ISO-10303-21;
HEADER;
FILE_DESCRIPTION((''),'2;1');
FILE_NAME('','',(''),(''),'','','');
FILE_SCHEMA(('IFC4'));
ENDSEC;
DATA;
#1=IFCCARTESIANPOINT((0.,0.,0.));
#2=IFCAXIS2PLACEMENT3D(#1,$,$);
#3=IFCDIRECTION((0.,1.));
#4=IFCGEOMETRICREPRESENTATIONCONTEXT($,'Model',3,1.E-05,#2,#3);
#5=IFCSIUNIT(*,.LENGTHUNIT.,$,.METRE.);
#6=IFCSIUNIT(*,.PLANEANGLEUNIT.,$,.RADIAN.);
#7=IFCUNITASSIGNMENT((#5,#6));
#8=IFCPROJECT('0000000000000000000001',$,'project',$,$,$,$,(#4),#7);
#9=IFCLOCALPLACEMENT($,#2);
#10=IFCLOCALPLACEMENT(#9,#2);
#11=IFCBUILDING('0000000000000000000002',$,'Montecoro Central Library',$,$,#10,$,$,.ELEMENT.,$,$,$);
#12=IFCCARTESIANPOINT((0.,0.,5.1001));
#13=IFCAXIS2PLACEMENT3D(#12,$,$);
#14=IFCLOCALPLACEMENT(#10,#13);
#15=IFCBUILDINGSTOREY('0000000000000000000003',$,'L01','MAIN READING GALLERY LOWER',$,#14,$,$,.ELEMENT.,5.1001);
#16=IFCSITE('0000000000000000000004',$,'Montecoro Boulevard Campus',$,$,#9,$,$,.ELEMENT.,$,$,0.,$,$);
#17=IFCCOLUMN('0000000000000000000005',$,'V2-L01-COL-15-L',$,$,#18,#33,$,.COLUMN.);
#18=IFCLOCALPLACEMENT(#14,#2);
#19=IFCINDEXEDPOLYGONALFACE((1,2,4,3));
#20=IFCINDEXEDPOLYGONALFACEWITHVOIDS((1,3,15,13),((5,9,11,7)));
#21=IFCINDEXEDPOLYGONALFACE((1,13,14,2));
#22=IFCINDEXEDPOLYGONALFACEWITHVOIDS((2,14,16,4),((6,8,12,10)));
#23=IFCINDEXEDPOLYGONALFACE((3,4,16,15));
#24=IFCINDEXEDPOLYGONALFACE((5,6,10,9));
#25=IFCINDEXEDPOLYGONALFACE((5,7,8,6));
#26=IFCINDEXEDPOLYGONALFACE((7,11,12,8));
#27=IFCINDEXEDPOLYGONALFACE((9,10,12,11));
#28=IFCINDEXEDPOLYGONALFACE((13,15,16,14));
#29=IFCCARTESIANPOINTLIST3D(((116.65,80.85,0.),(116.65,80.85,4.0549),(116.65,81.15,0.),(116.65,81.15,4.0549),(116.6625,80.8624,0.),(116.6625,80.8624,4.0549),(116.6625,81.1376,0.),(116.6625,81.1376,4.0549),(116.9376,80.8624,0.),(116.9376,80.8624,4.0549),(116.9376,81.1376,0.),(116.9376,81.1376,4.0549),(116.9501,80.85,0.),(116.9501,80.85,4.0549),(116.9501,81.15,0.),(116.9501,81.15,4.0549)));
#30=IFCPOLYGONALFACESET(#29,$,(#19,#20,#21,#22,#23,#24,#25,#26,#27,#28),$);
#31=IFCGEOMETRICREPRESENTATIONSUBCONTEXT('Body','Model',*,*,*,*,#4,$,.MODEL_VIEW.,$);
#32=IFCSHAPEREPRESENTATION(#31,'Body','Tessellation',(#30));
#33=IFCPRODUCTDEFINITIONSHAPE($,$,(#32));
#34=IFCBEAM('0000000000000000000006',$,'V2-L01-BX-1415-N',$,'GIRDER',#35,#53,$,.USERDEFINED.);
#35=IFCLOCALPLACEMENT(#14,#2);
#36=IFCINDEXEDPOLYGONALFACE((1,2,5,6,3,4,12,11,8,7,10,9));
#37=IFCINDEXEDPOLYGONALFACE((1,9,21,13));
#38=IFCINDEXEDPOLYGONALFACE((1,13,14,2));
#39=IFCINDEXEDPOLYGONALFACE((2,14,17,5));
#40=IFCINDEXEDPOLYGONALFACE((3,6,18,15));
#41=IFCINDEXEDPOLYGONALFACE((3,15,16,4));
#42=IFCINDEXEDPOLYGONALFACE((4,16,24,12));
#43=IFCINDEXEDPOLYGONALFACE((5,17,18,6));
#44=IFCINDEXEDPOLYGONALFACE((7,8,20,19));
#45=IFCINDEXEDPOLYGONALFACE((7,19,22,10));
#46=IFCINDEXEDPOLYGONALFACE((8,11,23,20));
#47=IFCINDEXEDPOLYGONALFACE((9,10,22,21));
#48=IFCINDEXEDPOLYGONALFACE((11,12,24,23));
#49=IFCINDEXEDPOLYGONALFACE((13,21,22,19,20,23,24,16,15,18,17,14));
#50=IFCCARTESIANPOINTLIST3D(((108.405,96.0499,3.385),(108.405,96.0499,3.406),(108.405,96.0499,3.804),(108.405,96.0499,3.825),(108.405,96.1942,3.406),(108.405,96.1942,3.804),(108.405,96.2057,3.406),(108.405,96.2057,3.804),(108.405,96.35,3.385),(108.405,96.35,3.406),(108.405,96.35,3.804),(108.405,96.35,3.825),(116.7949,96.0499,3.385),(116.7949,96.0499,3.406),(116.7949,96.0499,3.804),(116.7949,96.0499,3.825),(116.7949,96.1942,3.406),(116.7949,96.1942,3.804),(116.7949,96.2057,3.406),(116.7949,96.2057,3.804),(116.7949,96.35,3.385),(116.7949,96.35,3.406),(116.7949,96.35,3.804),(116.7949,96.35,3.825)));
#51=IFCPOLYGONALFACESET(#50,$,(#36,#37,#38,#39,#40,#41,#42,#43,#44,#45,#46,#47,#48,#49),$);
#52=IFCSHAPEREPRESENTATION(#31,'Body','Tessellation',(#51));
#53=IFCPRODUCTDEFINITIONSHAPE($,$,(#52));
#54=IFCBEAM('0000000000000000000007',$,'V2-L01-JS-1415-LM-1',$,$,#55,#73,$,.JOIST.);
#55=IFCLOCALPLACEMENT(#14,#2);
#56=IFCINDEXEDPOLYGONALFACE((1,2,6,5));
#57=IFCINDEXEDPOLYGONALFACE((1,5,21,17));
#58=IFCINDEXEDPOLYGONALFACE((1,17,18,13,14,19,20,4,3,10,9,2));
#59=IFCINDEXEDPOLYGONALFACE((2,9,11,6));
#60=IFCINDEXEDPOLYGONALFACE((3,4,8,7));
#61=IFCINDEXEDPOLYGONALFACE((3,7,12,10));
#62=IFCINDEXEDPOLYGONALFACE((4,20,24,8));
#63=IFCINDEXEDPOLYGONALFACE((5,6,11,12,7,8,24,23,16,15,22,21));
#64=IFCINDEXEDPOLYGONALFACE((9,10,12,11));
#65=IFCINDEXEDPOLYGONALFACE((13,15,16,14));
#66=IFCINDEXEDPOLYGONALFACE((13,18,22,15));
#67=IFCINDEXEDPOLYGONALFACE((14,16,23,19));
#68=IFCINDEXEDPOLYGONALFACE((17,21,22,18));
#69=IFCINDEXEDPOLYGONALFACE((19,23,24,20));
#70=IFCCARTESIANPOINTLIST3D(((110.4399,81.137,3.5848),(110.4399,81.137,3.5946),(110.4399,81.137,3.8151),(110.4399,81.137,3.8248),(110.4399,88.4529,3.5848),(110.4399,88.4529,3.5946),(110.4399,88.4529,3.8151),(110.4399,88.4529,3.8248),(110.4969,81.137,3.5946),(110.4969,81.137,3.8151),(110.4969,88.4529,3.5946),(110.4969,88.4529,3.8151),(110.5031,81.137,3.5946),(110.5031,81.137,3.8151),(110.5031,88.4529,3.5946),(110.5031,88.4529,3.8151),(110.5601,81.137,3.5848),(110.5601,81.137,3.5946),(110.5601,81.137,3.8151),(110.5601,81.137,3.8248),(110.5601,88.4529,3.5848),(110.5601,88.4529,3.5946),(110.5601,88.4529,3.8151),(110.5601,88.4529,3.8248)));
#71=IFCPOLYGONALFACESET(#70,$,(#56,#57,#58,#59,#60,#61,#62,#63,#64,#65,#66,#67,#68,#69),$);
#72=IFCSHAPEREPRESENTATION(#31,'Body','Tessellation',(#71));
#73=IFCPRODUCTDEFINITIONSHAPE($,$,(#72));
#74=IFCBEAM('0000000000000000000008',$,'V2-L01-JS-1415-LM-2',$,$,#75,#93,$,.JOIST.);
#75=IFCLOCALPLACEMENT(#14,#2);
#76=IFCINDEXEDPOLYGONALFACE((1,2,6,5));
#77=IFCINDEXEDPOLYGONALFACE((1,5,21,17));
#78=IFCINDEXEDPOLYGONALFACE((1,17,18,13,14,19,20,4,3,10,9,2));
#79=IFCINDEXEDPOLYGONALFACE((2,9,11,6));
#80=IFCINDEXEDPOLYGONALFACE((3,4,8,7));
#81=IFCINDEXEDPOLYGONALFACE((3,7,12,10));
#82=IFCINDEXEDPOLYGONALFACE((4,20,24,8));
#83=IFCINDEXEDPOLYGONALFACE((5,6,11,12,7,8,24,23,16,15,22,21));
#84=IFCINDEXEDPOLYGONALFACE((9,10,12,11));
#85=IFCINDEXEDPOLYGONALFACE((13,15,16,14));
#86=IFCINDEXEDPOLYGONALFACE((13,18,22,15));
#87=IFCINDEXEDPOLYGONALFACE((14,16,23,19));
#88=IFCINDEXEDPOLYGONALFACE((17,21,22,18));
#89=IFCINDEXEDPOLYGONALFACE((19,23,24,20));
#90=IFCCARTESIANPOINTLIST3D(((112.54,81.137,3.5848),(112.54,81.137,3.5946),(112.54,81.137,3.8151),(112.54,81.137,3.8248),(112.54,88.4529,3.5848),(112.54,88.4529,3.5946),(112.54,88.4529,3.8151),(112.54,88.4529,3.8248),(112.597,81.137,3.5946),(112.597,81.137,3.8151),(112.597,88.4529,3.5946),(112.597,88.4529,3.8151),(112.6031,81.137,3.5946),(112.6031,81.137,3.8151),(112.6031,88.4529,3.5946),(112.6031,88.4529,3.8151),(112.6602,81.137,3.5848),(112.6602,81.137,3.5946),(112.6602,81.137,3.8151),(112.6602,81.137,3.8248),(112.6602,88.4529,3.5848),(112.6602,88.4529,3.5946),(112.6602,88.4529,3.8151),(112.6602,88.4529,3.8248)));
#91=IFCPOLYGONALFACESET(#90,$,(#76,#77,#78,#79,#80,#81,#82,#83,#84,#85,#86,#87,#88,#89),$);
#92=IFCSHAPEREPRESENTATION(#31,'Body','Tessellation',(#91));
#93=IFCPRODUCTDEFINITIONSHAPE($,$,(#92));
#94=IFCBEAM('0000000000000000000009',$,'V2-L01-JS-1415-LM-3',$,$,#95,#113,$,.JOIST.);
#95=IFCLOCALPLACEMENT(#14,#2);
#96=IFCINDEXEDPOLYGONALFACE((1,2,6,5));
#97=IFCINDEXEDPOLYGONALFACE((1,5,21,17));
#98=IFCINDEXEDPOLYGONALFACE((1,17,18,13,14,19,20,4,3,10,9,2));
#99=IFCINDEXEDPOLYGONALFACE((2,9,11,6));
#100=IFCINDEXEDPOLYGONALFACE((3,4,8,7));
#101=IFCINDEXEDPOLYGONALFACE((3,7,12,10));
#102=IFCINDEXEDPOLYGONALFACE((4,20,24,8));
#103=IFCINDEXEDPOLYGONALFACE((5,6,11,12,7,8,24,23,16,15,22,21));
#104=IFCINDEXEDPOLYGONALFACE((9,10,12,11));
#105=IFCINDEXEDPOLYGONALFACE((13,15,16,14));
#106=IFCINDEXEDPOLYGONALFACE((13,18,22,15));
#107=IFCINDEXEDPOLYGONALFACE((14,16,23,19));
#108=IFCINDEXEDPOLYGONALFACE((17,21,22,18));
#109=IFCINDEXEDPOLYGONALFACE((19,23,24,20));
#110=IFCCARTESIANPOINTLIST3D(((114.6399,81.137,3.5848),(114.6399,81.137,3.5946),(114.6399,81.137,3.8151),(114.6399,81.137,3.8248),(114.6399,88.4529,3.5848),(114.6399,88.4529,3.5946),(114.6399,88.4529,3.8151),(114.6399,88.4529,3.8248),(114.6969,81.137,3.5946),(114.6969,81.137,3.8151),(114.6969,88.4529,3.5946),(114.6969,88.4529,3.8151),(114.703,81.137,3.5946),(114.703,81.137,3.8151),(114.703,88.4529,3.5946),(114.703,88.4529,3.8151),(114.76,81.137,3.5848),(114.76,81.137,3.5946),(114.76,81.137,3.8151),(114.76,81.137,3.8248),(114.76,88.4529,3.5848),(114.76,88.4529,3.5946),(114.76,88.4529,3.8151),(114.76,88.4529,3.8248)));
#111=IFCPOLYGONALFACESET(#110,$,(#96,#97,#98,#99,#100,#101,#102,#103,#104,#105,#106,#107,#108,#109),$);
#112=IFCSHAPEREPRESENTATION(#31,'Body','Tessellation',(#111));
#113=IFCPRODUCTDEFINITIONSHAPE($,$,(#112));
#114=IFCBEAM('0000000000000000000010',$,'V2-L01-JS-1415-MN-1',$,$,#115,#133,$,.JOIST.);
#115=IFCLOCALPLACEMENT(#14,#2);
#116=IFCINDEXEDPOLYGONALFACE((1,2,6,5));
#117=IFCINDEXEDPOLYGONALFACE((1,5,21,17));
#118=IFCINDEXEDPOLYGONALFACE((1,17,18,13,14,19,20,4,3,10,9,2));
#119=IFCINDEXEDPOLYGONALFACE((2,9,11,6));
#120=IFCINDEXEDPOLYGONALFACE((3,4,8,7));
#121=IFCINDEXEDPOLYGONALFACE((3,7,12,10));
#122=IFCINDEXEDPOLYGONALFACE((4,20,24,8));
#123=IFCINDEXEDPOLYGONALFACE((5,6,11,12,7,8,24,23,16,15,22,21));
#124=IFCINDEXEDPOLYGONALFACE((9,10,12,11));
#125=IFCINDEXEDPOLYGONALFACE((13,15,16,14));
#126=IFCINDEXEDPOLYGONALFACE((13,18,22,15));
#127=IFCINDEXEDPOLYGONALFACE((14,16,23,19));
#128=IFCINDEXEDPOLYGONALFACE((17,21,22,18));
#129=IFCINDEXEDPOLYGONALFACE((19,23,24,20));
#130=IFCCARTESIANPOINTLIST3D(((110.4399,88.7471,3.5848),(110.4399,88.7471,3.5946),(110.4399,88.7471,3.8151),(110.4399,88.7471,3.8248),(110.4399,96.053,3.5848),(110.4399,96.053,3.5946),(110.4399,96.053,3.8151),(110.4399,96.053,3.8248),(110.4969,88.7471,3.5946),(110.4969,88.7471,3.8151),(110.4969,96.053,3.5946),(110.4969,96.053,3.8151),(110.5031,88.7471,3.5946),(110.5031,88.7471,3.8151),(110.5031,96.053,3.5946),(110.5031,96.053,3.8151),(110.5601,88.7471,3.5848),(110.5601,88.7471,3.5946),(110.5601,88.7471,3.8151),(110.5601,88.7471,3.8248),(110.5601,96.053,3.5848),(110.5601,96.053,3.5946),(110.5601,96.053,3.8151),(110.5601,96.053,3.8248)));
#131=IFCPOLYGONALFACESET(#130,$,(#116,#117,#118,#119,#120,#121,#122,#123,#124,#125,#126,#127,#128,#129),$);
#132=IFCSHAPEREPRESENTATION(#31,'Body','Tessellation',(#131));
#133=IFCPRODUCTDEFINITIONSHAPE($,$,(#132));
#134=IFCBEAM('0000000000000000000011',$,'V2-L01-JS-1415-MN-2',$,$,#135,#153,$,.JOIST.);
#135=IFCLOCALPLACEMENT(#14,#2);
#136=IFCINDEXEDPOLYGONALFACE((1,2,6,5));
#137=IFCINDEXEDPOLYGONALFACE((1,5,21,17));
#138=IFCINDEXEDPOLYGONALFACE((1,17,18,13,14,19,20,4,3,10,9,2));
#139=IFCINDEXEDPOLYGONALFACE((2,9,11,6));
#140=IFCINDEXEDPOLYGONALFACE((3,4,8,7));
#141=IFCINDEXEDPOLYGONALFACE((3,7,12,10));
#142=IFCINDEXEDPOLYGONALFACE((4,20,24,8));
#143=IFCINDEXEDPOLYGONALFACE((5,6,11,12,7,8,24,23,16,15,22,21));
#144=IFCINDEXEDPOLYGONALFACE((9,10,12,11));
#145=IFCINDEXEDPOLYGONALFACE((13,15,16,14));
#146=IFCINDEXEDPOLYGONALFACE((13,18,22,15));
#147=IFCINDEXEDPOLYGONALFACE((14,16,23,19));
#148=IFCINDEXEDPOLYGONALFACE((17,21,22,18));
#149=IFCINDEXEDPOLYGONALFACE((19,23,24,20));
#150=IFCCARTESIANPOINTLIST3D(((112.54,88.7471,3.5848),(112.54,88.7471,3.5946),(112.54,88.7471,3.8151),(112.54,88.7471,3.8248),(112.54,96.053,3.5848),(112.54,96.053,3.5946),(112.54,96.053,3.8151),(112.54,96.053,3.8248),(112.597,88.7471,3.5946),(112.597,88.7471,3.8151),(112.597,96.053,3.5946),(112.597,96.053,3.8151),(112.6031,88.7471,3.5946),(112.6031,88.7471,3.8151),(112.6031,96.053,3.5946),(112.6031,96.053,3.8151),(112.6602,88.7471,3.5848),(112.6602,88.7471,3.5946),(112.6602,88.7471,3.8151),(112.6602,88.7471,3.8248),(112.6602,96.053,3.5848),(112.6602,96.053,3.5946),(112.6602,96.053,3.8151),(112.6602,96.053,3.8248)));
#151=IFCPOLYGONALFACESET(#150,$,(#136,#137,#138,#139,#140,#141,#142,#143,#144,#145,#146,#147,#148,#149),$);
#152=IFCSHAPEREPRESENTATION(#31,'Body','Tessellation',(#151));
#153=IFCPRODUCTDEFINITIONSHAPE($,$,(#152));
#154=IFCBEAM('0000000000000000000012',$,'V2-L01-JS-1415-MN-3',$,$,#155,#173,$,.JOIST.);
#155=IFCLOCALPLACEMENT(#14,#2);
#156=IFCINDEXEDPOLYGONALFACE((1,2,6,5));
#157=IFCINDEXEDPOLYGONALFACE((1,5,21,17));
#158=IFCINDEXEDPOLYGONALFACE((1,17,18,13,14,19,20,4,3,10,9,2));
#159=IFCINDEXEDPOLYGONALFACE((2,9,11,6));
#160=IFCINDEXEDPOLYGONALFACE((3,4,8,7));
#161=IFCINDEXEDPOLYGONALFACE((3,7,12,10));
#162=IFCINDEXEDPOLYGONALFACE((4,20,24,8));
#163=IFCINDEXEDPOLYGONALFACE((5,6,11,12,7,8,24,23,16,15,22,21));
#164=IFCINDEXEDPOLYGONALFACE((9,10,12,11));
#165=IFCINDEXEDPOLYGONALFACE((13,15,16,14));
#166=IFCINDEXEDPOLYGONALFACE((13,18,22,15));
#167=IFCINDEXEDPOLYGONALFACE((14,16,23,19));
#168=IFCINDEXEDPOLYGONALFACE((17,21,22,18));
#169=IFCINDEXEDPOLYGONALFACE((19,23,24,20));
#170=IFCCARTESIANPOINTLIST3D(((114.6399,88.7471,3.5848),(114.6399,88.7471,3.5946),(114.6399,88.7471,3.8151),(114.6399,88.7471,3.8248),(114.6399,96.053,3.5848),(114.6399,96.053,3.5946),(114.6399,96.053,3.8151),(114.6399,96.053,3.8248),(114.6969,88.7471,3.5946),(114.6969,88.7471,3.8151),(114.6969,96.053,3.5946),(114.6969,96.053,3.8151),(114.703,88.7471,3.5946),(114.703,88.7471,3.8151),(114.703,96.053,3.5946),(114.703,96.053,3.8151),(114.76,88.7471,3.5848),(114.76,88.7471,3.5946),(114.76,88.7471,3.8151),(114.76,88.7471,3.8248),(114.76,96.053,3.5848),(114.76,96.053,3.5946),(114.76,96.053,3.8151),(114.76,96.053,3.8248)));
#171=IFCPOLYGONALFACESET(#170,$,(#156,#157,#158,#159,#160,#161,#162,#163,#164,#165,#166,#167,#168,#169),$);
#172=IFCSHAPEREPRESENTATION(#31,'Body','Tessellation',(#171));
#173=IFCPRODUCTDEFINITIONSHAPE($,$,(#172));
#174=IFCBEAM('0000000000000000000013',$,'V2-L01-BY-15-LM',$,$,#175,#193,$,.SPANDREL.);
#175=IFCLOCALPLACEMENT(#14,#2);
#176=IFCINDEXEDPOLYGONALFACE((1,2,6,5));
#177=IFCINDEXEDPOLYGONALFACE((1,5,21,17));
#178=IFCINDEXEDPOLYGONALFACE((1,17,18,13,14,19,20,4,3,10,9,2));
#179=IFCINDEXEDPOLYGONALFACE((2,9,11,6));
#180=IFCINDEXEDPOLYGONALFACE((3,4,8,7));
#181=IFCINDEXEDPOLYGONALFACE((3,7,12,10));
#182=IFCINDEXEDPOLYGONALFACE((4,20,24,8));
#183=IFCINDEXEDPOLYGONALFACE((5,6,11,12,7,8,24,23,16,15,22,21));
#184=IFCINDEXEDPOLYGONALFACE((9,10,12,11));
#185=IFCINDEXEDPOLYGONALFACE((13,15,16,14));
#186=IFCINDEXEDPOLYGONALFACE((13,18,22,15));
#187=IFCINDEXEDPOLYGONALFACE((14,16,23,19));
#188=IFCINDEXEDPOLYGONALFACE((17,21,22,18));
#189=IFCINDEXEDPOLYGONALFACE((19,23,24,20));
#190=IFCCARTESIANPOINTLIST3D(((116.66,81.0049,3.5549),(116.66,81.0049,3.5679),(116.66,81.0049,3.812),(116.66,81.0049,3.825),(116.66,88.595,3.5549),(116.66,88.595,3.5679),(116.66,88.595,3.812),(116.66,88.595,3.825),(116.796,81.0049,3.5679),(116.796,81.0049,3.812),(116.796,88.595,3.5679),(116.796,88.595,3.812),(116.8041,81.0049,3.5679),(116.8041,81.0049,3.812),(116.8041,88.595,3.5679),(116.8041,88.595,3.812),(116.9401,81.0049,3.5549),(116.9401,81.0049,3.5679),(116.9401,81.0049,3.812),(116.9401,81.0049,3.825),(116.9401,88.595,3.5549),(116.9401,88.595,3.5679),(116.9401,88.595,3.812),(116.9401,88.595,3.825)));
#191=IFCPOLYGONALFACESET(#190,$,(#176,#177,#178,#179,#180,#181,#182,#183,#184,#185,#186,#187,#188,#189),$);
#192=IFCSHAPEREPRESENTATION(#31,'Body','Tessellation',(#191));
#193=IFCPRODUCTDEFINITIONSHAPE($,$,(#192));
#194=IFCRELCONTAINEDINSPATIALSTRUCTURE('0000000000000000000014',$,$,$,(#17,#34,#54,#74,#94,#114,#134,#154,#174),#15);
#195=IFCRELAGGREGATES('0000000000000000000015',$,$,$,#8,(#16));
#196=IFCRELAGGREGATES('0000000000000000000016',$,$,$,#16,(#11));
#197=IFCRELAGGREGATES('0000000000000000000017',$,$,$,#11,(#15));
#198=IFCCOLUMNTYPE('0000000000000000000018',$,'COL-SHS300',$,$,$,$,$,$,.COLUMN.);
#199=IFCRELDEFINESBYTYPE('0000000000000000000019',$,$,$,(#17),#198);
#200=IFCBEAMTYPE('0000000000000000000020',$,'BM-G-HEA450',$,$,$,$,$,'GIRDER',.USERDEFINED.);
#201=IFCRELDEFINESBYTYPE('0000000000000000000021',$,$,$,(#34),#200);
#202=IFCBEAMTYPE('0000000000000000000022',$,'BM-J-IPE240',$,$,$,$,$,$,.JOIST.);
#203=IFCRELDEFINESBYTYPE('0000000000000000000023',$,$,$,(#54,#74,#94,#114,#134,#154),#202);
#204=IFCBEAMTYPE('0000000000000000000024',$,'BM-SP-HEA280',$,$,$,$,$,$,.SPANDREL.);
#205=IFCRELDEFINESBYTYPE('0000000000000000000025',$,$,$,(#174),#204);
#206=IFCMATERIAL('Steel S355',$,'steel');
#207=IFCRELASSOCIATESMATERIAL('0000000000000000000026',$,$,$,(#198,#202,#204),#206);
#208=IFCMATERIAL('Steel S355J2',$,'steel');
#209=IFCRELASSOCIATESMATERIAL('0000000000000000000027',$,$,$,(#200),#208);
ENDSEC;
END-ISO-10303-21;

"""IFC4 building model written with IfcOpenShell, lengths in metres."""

from ifc_helpers import new_model, si_unit, direction, frame, origin, origin_2d, place, context, subcontext, project, spatial, hollow_rectangle, i_section, extrude, material, material_profile, profile_set, type_object, element, save


model = new_model("IFC4")

# Units and contexts
model_context = context("Model", 3, precision=1e-05, world=origin(), true_north=direction((0.0, 1.0)))
body_context = subcontext(model_context, "Body", "Model", "MODEL_VIEW")
ifc_project = project(units=[si_unit("LENGTHUNIT", "METRE"), si_unit("PLANEANGLEUNIT", "RADIAN")], contexts=[model_context])

# Site, building, storey
site_placement = place(None, origin())
site = spatial("IfcSite", under=ifc_project, at=site_placement, Name="Montecoro Boulevard Campus", CompositionType="ELEMENT", RefElevation=0.0)
building_placement = place(site_placement, origin())
building = spatial("IfcBuilding", under=site, at=building_placement, Name="Montecoro Central Library", CompositionType="ELEMENT")
storey_placement = place(building_placement, frame((0.0, 0.0, 5.1001)))
storey = spatial("IfcBuildingStorey", under=building, at=storey_placement, Name="L01", Description="MAIN READING GALLERY LOWER", CompositionType="ELEMENT", Elevation=5.1001)

# Column
ifc_material_1 = material(Name="Steel S355", Category="steel")
ifc_material_profile_1 = material_profile(ifc_material_1, hollow_rectangle(XDim=0.3, YDim=0.3, WallThickness=0.0125, at=origin_2d()), Name="SHS 300x300x12.5")
ifc_profile_set_1 = profile_set([ifc_material_profile_1], Name="Steel S355")
column_type = type_object("IfcColumnType", Name="COL-SHS300", PredefinedType="COLUMN", material=ifc_profile_set_1)
column_placement = place(storey_placement, frame((116.8, 81.0, 0.0), z_axis=(0.0, 0.0, 1.0), x_axis=(1.0, 0.0, 0.0)))
element("IfcColumn", 1, at=column_placement, inside=storey, type_object=column_type, Name="V2-L01-COL-15-L", PredefinedType="COLUMN", context=body_context, shape_type="SweptSolid", body=[
    extrude(hollow_rectangle(XDim=0.3, YDim=0.3, WallThickness=0.0125, at=origin_2d()), origin(), (0.0, 0.0, 1.0), 4.0549),
])

# Beams
ifc_material_2 = material(Name="Steel S355J2", Category="steel")
ifc_material_profile_2 = material_profile(ifc_material_2, i_section(OverallWidth=0.3, OverallDepth=0.4399, WebThickness=0.0115, FlangeThickness=0.021, at=origin_2d()), Name="HEA 450")
ifc_profile_set_2 = profile_set([ifc_material_profile_2], Name="Steel S355J2")
beam_type_1 = type_object("IfcBeamType", Name="BM-G-HEA450", ElementType="GIRDER", PredefinedType="USERDEFINED", material=ifc_profile_set_2)
beam_1_placement = place(storey_placement, frame((108.405, 96.2, 3.605), z_axis=(1.0, 0.0, 0.0), x_axis=(0.0, 1.0, 0.0)))
element("IfcBeam", 2, at=beam_1_placement, inside=storey, type_object=beam_type_1, Name="V2-L01-BX-1415-N", ObjectType="GIRDER", PredefinedType="USERDEFINED", context=body_context, shape_type="SweptSolid", body=[
    extrude(i_section(OverallWidth=0.3, OverallDepth=0.4399, WebThickness=0.0115, FlangeThickness=0.021, at=origin_2d()), origin(), (0.0, 0.0, 1.0), 8.3899),
])
ifc_material_profile_3 = material_profile(ifc_material_1, i_section(OverallWidth=0.1201, OverallDepth=0.24, WebThickness=0.0061, FlangeThickness=0.0098, at=origin_2d()), Name="IPE 240")
ifc_profile_set_3 = profile_set([ifc_material_profile_3], Name="Steel S355")
beam_type_2 = type_object("IfcBeamType", Name="BM-J-IPE240", PredefinedType="JOIST", material=ifc_profile_set_3)
for number, where, z_axis, x_axis, name in (
    (3, (110.5, 81.137, 3.7048), (0.0, 1.0, 0.0), (-1.0, 0.0, 0.0), "V2-L01-JS-1415-LM-1"),
    (4, (112.6001, 81.137, 3.7048), (0.0, 1.0, 0.0), (-1.0, 0.0, 0.0), "V2-L01-JS-1415-LM-2"),
    (5, (114.7, 81.137, 3.7048), (0.0, 1.0, 0.0), (-1.0, 0.0, 0.0), "V2-L01-JS-1415-LM-3"),
):
    element("IfcBeam", number, at=place(storey_placement, frame(where, z_axis=z_axis, x_axis=x_axis)), inside=storey, type_object=beam_type_2, Name=name, PredefinedType="JOIST", context=body_context, shape_type="SweptSolid", body=[
        extrude(i_section(OverallWidth=0.1201, OverallDepth=0.24, WebThickness=0.0061, FlangeThickness=0.0098, at=origin_2d()), origin(), (0.0, 0.0, 1.0), 7.3159),
    ])
for number, where, z_axis, x_axis, name in (
    (6, (110.5, 88.7471, 3.7048), (0.0, 1.0, 0.0), (-1.0, 0.0, 0.0), "V2-L01-JS-1415-MN-1"),
    (7, (112.6001, 88.7471, 3.7048), (0.0, 1.0, 0.0), (-1.0, 0.0, 0.0), "V2-L01-JS-1415-MN-2"),
    (8, (114.7, 88.7471, 3.7048), (0.0, 1.0, 0.0), (-1.0, 0.0, 0.0), "V2-L01-JS-1415-MN-3"),
):
    element("IfcBeam", number, at=place(storey_placement, frame(where, z_axis=z_axis, x_axis=x_axis)), inside=storey, type_object=beam_type_2, Name=name, PredefinedType="JOIST", context=body_context, shape_type="SweptSolid", body=[
        extrude(i_section(OverallWidth=0.1201, OverallDepth=0.24, WebThickness=0.0061, FlangeThickness=0.0098, at=origin_2d()), origin(), (0.0, 0.0, 1.0), 7.3059),
    ])
ifc_material_profile_4 = material_profile(ifc_material_1, i_section(OverallWidth=0.28, OverallDepth=0.27, WebThickness=0.0081, FlangeThickness=0.0129, at=origin_2d()), Name="HEA 280")
ifc_profile_set_4 = profile_set([ifc_material_profile_4], Name="Steel S355")
beam_type_3 = type_object("IfcBeamType", Name="BM-SP-HEA280", PredefinedType="SPANDREL", material=ifc_profile_set_4)
beam_2_placement = place(storey_placement, frame((116.8, 81.0049, 3.6899), z_axis=(0.0, 1.0, 0.0), x_axis=(-1.0, 0.0, 0.0)))
element("IfcBeam", 9, at=beam_2_placement, inside=storey, type_object=beam_type_3, Name="V2-L01-BY-15-LM", PredefinedType="SPANDREL", context=body_context, shape_type="SweptSolid", body=[
    extrude(i_section(OverallWidth=0.28, OverallDepth=0.27, WebThickness=0.0081, FlangeThickness=0.0129, at=origin_2d()), origin(), (0.0, 0.0, 1.0), 7.5901),
])

save(model, "model.ifc")
